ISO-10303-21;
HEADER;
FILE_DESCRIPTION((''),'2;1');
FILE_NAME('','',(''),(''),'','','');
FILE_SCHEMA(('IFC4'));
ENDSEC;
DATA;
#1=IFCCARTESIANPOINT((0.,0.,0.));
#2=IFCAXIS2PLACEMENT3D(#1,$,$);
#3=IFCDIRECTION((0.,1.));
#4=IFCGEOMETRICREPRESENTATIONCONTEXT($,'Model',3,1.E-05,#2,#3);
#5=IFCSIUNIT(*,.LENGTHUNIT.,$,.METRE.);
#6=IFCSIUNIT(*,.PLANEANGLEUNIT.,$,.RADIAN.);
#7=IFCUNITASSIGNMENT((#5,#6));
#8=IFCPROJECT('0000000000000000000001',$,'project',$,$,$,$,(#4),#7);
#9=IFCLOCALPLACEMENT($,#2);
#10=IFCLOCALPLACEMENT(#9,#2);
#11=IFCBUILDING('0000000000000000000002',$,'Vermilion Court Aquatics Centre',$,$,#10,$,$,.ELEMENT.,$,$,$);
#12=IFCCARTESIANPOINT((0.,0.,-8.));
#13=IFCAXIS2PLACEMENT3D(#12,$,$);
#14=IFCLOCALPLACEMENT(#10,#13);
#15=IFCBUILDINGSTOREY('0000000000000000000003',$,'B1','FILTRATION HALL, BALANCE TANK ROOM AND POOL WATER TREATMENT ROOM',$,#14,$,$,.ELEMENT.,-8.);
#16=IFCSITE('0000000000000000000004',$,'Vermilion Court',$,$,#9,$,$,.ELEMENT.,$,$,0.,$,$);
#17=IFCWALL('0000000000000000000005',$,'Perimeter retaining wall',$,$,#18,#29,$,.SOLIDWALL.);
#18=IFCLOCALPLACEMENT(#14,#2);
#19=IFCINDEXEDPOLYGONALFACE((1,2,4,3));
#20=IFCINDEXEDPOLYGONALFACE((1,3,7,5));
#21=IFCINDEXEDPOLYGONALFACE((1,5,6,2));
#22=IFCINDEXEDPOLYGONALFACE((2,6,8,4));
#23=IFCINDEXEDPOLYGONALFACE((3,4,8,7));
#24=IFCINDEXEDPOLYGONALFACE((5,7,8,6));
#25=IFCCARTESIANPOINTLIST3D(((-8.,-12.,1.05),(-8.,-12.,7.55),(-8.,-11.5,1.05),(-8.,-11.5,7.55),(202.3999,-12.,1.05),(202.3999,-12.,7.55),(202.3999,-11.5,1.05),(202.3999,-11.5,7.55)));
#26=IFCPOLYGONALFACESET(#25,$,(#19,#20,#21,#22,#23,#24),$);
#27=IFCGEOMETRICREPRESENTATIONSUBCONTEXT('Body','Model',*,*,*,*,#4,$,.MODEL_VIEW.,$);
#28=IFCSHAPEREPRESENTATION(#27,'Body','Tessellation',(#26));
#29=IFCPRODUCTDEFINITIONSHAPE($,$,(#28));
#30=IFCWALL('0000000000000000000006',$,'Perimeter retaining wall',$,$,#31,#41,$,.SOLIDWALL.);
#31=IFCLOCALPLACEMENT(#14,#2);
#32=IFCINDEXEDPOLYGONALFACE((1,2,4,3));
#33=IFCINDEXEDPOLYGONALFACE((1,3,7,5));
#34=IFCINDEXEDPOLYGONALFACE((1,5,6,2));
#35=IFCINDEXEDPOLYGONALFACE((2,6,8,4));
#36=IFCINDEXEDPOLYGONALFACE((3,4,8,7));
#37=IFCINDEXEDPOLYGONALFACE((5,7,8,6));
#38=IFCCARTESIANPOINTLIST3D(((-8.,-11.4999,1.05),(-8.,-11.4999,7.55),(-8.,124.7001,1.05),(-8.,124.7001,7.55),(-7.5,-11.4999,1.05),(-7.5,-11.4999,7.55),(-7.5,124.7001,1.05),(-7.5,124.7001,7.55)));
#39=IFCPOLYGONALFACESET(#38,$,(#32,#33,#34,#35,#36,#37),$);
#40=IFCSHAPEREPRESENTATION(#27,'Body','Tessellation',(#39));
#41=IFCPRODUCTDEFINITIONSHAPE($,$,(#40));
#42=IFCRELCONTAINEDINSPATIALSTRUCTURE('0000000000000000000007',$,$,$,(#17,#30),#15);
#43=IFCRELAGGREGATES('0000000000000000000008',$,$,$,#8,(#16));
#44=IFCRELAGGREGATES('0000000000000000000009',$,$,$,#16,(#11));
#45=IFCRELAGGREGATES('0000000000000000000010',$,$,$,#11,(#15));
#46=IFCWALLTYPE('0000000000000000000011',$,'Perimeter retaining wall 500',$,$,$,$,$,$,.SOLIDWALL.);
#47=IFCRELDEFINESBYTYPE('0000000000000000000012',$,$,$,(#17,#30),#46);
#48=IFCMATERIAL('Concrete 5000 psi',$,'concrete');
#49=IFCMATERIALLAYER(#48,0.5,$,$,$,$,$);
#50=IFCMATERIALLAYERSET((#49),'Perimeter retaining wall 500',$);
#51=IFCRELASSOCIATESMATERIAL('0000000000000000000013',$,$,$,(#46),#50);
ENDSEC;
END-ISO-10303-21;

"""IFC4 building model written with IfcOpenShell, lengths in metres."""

from ifc_helpers import new_model, si_unit, direction, frame, frame_2d, origin, place, context, subcontext, project, spatial, rectangle, extrude, material, layer, layer_set, type_object, element, save


model = new_model("IFC4")

# Units and contexts
model_context = context("Model", 3, precision=1e-05, world=origin(), true_north=direction((0.0, 1.0)))
body_context = subcontext(model_context, "Body", "Model", "MODEL_VIEW")
ifc_project = project(units=[si_unit("LENGTHUNIT", "METRE"), si_unit("PLANEANGLEUNIT", "RADIAN")], contexts=[model_context])

# Site, building, storey
site_placement = place(None, origin())
site = spatial("IfcSite", under=ifc_project, at=site_placement, Name="Vermilion Court", CompositionType="ELEMENT", RefElevation=0.0)
building_placement = place(site_placement, origin())
building = spatial("IfcBuilding", under=site, at=building_placement, Name="Vermilion Court Aquatics Centre", CompositionType="ELEMENT")
storey_placement = place(building_placement, frame((0.0, 0.0, -8.0)))
storey = spatial("IfcBuildingStorey", under=building, at=storey_placement, Name="B1", Description="FILTRATION HALL, BALANCE TANK ROOM AND POOL WATER TREATMENT ROOM", CompositionType="ELEMENT", Elevation=-8.0)

# Walls
ifc_material_1 = material(Name="Concrete 5000 psi", Category="concrete")
ifc_layer_1 = layer(ifc_material_1, 0.5)
ifc_layer_set_1 = layer_set([ifc_layer_1], Name="Perimeter retaining wall 500")
wall_type = type_object("IfcWallType", Name="Perimeter retaining wall 500", PredefinedType="SOLIDWALL", material=ifc_layer_set_1)
wall_1_placement = place(storey_placement, frame((-8.0, -11.75, 1.05), z_axis=(0.0, 0.0, 1.0), x_axis=(1.0, 0.0, 0.0)))
element("IfcWall", 1, at=wall_1_placement, inside=storey, type_object=wall_type, Name="Perimeter retaining wall", PredefinedType="SOLIDWALL", context=body_context, shape_type="SweptSolid", body=[
    extrude(rectangle(XDim=210.3999, YDim=0.5, at=frame_2d((105.2, 0.0))), origin(), (0.0, 0.0, 1.0), 6.5),
])
wall_2_placement = place(storey_placement, frame((-7.75, -11.5, 1.05), z_axis=(0.0, 0.0, 1.0), x_axis=(0.0, 1.0, 0.0)))
element("IfcWall", 2, at=wall_2_placement, inside=storey, type_object=wall_type, Name="Perimeter retaining wall", PredefinedType="SOLIDWALL", context=body_context, shape_type="SweptSolid", body=[
    extrude(rectangle(XDim=136.2, YDim=0.5, at=frame_2d((68.1001, 0.0))), origin(), (0.0, 0.0, 1.0), 6.5),
])

save(model, "model.ifc")
